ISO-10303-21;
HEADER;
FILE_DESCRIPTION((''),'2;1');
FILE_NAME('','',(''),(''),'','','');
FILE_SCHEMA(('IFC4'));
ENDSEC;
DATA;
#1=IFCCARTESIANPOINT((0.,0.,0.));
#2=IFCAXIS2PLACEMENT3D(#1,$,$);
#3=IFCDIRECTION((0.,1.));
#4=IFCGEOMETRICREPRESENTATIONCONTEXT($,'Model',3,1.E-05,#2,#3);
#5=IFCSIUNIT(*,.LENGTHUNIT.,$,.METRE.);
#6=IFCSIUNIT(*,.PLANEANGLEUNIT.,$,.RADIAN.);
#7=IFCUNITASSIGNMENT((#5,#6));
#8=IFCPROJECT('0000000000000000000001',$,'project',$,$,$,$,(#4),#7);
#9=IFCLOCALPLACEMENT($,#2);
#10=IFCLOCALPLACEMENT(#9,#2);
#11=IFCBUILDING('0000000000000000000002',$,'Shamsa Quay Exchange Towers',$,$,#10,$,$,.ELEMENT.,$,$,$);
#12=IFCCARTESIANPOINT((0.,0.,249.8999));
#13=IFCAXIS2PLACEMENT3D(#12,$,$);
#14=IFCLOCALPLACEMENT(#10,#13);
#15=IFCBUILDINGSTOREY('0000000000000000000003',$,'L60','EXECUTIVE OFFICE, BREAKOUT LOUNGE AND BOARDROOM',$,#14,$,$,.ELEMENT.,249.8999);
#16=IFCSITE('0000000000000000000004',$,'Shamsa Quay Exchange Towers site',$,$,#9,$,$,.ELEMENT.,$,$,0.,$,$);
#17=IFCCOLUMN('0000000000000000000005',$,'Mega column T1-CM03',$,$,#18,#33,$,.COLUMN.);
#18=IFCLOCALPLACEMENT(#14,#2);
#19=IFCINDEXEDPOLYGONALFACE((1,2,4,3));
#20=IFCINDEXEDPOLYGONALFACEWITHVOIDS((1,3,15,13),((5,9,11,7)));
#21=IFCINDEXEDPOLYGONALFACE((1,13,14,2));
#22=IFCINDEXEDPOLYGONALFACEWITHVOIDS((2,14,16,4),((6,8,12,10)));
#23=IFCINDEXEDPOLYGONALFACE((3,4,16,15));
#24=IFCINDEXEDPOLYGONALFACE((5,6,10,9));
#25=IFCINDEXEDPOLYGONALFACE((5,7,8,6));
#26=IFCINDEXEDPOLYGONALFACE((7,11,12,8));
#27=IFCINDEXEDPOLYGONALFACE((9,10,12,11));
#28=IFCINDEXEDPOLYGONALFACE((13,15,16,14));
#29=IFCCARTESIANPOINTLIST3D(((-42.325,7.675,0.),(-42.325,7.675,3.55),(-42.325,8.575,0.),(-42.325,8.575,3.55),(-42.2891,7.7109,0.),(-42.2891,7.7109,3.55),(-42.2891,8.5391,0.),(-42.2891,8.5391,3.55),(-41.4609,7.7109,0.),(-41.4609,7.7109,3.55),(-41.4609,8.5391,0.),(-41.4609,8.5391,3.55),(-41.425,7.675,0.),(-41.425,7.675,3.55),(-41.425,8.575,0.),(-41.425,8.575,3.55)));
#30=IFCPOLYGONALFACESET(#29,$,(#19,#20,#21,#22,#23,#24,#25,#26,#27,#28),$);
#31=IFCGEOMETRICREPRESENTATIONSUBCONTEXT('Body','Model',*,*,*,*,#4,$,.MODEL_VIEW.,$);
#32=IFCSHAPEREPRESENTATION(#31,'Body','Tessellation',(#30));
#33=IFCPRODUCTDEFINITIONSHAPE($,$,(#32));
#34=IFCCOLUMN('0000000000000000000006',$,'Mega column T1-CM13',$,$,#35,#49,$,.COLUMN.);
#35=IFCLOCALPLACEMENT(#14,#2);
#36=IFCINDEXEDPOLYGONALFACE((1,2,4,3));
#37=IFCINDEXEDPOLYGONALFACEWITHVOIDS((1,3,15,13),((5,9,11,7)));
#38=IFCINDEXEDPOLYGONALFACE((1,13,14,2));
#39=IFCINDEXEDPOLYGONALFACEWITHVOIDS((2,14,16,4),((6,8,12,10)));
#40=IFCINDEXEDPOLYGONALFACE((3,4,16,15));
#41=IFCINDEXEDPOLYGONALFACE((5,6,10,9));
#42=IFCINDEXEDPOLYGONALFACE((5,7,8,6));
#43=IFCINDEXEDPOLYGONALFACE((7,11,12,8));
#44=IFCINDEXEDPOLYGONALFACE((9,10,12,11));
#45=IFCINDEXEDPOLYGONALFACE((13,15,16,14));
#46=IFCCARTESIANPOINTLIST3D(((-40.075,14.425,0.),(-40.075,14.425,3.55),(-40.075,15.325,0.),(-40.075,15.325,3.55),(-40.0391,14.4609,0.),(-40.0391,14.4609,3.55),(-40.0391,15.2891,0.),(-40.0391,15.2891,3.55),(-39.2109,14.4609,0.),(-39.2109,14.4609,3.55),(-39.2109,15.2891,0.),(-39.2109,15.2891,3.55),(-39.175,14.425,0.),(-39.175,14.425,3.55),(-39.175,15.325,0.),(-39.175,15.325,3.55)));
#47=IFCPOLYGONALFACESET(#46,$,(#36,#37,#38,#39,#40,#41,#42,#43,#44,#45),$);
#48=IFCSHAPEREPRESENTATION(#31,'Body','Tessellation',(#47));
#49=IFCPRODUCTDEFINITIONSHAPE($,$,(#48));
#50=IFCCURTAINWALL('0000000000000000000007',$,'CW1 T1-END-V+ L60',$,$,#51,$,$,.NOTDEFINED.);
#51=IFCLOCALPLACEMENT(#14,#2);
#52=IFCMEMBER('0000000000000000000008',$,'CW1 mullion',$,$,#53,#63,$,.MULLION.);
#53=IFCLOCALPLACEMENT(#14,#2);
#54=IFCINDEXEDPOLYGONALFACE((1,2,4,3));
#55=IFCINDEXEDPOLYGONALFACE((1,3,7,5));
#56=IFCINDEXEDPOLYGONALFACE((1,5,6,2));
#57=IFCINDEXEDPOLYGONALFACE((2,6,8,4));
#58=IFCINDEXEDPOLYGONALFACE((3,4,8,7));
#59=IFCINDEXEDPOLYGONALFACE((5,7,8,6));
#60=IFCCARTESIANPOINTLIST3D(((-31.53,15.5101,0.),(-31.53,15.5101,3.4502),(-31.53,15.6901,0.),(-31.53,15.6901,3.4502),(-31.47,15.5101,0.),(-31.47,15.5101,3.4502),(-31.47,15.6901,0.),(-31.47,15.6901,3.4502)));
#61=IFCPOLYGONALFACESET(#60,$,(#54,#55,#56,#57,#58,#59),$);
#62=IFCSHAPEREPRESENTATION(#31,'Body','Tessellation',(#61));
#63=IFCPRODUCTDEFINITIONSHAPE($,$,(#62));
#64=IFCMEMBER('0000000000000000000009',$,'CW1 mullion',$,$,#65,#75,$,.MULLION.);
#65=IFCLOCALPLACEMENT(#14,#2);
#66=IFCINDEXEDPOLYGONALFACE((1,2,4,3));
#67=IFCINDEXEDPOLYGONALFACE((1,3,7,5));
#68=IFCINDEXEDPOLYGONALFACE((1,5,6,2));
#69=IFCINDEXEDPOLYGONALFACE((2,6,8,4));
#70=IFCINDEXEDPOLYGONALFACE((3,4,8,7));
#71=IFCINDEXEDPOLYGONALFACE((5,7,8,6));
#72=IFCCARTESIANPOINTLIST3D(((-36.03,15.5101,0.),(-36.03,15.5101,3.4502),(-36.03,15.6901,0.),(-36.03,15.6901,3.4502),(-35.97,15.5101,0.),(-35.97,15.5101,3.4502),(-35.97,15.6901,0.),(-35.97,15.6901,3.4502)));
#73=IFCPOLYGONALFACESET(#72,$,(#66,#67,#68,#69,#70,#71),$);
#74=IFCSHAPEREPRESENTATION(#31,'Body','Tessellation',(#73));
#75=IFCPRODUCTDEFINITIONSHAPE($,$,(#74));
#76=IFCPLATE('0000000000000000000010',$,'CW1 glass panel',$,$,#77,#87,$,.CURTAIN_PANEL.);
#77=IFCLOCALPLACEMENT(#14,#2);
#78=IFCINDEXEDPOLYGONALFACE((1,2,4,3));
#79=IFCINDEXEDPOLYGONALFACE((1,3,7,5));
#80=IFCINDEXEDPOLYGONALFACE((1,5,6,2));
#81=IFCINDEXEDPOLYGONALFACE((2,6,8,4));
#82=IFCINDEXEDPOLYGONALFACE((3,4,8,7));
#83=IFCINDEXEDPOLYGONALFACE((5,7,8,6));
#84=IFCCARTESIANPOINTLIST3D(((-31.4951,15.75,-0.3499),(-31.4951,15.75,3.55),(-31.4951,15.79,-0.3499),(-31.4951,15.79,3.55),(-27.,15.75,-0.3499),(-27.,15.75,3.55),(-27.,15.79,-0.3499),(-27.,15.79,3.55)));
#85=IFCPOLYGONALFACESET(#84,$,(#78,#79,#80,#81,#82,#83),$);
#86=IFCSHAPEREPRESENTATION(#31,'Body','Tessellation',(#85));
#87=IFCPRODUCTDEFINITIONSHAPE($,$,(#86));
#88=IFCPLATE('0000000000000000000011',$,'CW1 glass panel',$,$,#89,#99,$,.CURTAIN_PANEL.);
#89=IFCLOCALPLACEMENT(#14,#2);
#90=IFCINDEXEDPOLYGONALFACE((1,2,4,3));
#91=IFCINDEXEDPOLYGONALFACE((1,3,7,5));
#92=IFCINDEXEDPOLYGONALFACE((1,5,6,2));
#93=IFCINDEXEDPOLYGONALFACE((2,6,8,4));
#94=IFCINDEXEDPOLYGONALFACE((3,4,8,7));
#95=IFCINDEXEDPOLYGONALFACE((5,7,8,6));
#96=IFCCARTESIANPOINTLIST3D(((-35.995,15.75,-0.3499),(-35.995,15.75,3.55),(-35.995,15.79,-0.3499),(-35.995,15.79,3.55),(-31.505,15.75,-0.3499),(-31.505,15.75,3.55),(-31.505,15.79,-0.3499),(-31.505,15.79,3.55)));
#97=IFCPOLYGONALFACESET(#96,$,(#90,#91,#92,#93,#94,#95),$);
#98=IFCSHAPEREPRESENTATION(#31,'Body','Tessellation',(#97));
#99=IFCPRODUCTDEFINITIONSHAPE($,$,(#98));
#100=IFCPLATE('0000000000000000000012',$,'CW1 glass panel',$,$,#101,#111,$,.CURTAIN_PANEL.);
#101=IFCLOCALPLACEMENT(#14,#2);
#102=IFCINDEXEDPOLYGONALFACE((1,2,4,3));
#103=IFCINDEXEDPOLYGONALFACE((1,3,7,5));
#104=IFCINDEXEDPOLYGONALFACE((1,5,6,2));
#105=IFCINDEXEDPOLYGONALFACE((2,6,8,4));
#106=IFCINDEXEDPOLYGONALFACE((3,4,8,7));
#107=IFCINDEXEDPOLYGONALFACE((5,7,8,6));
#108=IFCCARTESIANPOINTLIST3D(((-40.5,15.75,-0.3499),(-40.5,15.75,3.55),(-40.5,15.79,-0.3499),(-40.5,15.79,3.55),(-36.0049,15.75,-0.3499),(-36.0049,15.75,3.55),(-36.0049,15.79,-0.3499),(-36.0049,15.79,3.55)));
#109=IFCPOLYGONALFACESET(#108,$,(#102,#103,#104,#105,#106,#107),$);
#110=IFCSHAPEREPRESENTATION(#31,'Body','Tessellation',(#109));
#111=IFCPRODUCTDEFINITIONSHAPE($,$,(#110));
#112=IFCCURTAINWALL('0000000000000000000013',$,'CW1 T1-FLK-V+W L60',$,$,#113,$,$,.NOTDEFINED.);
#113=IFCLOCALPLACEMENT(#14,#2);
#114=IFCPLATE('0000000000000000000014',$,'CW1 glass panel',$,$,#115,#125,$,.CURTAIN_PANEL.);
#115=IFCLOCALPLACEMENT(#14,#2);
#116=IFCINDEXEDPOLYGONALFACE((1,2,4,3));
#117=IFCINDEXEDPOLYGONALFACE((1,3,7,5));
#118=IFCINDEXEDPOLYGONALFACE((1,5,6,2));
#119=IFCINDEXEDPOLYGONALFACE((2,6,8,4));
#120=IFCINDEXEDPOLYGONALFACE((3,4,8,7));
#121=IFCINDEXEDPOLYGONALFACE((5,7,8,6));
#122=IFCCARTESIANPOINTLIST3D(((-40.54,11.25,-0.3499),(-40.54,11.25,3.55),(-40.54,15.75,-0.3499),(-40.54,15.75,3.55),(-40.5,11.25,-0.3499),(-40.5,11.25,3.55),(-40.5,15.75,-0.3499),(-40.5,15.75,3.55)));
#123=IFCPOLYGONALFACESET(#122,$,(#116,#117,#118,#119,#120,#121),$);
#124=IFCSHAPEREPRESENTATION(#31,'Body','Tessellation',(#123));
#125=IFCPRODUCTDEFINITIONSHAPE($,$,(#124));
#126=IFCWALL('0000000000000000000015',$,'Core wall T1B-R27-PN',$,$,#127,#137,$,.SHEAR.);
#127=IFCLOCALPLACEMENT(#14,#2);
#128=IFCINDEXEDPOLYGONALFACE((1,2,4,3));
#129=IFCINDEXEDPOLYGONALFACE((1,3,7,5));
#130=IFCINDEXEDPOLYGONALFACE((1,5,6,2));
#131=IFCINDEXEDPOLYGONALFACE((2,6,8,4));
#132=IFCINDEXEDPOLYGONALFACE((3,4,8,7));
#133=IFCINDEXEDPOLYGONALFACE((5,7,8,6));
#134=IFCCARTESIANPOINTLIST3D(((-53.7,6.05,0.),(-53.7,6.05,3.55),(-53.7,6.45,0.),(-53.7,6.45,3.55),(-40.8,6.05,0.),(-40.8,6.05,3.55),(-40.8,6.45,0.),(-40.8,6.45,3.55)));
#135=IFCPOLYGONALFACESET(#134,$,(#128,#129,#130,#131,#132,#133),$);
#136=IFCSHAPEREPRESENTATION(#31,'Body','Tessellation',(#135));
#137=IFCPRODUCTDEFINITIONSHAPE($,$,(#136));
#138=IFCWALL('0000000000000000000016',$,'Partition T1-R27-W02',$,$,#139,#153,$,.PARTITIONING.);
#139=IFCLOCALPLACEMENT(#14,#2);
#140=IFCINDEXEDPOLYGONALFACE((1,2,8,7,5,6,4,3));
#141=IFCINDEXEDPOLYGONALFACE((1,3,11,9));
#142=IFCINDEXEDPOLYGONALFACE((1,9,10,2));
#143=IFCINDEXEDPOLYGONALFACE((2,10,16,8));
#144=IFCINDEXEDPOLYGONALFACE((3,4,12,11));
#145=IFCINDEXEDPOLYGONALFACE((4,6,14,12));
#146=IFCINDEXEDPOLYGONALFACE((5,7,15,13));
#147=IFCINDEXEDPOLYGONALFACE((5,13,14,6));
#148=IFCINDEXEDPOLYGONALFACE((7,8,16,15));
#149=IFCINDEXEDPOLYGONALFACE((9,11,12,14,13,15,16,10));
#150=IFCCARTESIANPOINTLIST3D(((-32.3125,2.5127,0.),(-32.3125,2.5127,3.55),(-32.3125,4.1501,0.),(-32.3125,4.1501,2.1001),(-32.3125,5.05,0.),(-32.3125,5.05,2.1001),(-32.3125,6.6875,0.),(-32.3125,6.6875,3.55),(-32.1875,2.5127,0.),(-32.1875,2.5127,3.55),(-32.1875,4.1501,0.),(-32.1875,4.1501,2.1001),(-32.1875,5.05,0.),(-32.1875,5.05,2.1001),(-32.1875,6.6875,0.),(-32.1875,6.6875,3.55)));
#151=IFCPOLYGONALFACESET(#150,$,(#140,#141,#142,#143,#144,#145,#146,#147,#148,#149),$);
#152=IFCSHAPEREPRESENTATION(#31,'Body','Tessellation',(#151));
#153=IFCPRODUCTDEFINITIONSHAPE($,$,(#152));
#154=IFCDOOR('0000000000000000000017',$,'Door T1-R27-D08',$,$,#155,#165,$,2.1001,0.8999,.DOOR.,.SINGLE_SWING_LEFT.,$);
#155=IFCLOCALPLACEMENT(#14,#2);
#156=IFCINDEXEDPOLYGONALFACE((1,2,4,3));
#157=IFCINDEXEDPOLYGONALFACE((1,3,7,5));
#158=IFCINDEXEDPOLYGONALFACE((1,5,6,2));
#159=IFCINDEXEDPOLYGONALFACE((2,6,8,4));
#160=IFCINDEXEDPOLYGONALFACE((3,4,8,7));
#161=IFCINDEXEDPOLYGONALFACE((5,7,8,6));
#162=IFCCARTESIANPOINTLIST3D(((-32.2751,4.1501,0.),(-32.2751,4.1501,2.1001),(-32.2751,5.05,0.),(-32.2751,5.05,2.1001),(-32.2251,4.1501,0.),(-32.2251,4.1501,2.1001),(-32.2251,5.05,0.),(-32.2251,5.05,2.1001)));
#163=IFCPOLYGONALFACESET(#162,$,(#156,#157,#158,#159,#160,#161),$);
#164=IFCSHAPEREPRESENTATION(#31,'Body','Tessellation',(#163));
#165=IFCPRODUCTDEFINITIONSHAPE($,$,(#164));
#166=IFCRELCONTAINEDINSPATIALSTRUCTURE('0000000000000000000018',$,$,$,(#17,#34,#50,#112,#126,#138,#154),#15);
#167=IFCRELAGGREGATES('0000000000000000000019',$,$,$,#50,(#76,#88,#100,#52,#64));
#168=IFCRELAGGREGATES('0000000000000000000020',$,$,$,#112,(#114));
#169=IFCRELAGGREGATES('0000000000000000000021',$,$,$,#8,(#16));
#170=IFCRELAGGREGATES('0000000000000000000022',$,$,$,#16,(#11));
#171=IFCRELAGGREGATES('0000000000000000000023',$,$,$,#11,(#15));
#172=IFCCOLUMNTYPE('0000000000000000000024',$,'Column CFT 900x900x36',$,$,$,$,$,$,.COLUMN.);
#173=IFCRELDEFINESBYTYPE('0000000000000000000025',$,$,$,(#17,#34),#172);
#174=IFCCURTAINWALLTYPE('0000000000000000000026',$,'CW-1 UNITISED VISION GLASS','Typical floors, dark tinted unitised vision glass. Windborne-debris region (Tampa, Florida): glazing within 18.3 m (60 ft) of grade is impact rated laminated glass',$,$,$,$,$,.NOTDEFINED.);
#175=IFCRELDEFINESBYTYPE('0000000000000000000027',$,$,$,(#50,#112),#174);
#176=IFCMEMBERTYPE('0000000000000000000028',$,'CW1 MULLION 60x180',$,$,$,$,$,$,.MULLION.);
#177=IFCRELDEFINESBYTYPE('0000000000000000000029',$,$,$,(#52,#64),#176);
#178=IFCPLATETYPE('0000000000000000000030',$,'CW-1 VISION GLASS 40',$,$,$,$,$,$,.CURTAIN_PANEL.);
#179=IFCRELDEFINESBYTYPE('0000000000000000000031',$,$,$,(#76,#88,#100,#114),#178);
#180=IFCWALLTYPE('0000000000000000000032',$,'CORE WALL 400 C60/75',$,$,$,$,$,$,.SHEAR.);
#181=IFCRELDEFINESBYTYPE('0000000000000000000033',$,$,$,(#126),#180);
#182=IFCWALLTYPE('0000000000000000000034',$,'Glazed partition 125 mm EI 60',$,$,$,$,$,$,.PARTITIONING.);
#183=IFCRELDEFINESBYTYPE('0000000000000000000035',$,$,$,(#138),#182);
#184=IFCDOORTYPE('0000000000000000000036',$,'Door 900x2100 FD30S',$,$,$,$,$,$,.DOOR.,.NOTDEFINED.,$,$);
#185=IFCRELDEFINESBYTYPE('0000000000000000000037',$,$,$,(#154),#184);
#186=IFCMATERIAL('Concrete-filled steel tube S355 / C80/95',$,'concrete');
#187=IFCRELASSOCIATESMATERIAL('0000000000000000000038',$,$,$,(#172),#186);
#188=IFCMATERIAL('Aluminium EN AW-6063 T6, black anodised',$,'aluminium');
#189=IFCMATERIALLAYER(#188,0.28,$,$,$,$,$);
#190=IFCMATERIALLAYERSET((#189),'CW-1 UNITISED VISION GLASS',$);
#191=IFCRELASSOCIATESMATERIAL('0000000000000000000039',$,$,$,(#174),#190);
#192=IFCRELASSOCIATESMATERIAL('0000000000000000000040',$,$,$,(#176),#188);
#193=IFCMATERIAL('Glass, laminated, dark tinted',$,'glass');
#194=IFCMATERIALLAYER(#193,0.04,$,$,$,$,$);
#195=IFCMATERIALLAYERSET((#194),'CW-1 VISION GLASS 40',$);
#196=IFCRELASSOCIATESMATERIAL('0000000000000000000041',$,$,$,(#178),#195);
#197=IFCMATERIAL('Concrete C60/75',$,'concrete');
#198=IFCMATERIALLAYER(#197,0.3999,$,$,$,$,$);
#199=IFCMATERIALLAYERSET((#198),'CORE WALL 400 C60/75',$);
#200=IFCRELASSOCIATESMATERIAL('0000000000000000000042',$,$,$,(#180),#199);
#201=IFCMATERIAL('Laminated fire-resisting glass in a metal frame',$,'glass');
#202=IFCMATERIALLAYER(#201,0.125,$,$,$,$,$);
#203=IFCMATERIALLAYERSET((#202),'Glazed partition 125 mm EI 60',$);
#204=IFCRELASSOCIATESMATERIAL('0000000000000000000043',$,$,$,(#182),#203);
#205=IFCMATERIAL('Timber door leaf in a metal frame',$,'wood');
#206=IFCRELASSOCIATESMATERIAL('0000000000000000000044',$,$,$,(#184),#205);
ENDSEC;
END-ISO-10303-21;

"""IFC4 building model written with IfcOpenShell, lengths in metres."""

from ifc_helpers import new_model, si_unit, direction, frame, frame_2d, origin, origin_2d, place, context, subcontext, project, spatial, rectangle, hollow_rectangle, extrude, material, layer, layer_set, material_profile, profile_set, type_object, element, fill, aggregate, save


model = new_model("IFC4")

# Units and contexts
model_context = context("Model", 3, precision=1e-05, world=origin(), true_north=direction((0.0, 1.0)))
body_context = subcontext(model_context, "Body", "Model", "MODEL_VIEW")
ifc_project = project(units=[si_unit("LENGTHUNIT", "METRE"), si_unit("PLANEANGLEUNIT", "RADIAN")], contexts=[model_context])

# Site, building, storey
site_placement = place(None, origin())
site = spatial("IfcSite", under=ifc_project, at=site_placement, Name="Shamsa Quay Exchange Towers site", CompositionType="ELEMENT", RefElevation=0.0)
building_placement = place(site_placement, origin())
building = spatial("IfcBuilding", under=site, at=building_placement, Name="Shamsa Quay Exchange Towers", CompositionType="ELEMENT")
storey_placement = place(building_placement, frame((0.0, 0.0, 249.8999)))
storey = spatial("IfcBuildingStorey", under=building, at=storey_placement, Name="L60", Description="EXECUTIVE OFFICE, BREAKOUT LOUNGE AND BOARDROOM", CompositionType="ELEMENT", Elevation=249.8999)

# Columns
ifc_material_1 = material(Name="Concrete-filled steel tube S355 / C80/95", Category="concrete")
ifc_material_profile_1 = material_profile(ifc_material_1, hollow_rectangle(XDim=0.8999, YDim=0.8999, WallThickness=0.0359, at=origin_2d()), Name="CFT 900x900x36")
ifc_profile_set_1 = profile_set([ifc_material_profile_1], Name="Concrete-filled steel tube S355 / C80/95")
column_type = type_object("IfcColumnType", Name="Column CFT 900x900x36", PredefinedType="COLUMN", material=ifc_profile_set_1)
for number, where, name in (
    (1, (-41.875, 8.125, 0.0), "Mega column T1-CM03"),
    (2, (-39.625, 14.875, 0.0), "Mega column T1-CM13"),
):
    element("IfcColumn", number, at=place(storey_placement, frame(where)), inside=storey, type_object=column_type, Name=name, PredefinedType="COLUMN", context=body_context, shape_type="SweptSolid", body=[
        extrude(hollow_rectangle(XDim=0.8999, YDim=0.8999, WallThickness=0.0359, at=origin_2d()), origin(), (0.0, 0.0, 1.0), 3.55),
    ])

# Curtain wall, members, plates
ifc_material_2 = material(Name="Aluminium EN AW-6063 T6, black anodised", Category="aluminium")
ifc_layer_1 = layer(ifc_material_2, 0.28)
ifc_layer_set_1 = layer_set([ifc_layer_1], Name="CW-1 UNITISED VISION GLASS")
curtain_wall_type = type_object("IfcCurtainWallType", Name="CW-1 UNITISED VISION GLASS", Description="Typical floors, dark tinted unitised vision glass. Windborne-debris region (Tampa, Florida): glazing within 18.3 m (60 ft) of grade is impact rated laminated glass", PredefinedType="NOTDEFINED", material=ifc_layer_set_1)
curtain_wall_1_placement = place(storey_placement, origin())
curtain_wall_1 = element("IfcCurtainWall", 3, at=curtain_wall_1_placement, inside=storey, type_object=curtain_wall_type, Name="CW1 T1-END-V+ L60", PredefinedType="NOTDEFINED")
ifc_material_profile_2 = material_profile(ifc_material_2, rectangle(XDim=0.1799, YDim=0.0601, at=origin_2d()), Name="MU60x180")
ifc_profile_set_2 = profile_set([ifc_material_profile_2], Name="Aluminium EN AW-6063 T6, black anodised")
member_type = type_object("IfcMemberType", Name="CW1 MULLION 60x180", PredefinedType="MULLION", material=ifc_profile_set_2)
member_1_placement = place(storey_placement, frame((-31.5, 15.6001, 0.0), z_axis=(0.0, 0.0, 1.0), x_axis=(0.0, -1.0, 0.0)))
member_1 = element("IfcMember", 4, at=member_1_placement, type_object=member_type, Name="CW1 mullion", PredefinedType="MULLION", context=body_context, shape_type="SweptSolid", body=[
    extrude(rectangle(XDim=0.1799, YDim=0.0601, at=origin_2d()), origin(), (0.0, 0.0, 1.0), 3.4502),
])
member_2_placement = place(storey_placement, frame((-36.0, 15.6001, 0.0), z_axis=(0.0, 0.0, 1.0), x_axis=(0.0, -1.0, 0.0)))
member_2 = element("IfcMember", 5, at=member_2_placement, type_object=member_type, Name="CW1 mullion", PredefinedType="MULLION", context=body_context, shape_type="SweptSolid", body=[
    extrude(rectangle(XDim=0.1799, YDim=0.0601, at=origin_2d()), origin(), (0.0, 0.0, 1.0), 3.4502),
])
ifc_material_3 = material(Name="Glass, laminated, dark tinted", Category="glass")
ifc_layer_2 = layer(ifc_material_3, 0.04)
ifc_layer_set_2 = layer_set([ifc_layer_2], Name="CW-1 VISION GLASS 40")
plate_type = type_object("IfcPlateType", Name="CW-1 VISION GLASS 40", PredefinedType="CURTAIN_PANEL", material=ifc_layer_set_2)
plate_1_placement = place(storey_placement, frame((-29.2476, 15.77, -0.3499), z_axis=(0.0, 0.0, 1.0), x_axis=(-1.0, 0.0, 0.0)))
plate_1 = element("IfcPlate", 6, at=plate_1_placement, type_object=plate_type, Name="CW1 glass panel", PredefinedType="CURTAIN_PANEL", context=body_context, shape_type="SweptSolid", body=[
    extrude(rectangle(XDim=4.4951, YDim=0.04, at=origin_2d()), origin(), (0.0, 0.0, 1.0), 3.8999),
])
plate_2_placement = place(storey_placement, frame((-33.75, 15.77, -0.3499), z_axis=(0.0, 0.0, 1.0), x_axis=(-1.0, 0.0, 0.0)))
plate_2 = element("IfcPlate", 7, at=plate_2_placement, type_object=plate_type, Name="CW1 glass panel", PredefinedType="CURTAIN_PANEL", context=body_context, shape_type="SweptSolid", body=[
    extrude(rectangle(XDim=4.49, YDim=0.04, at=origin_2d()), origin(), (0.0, 0.0, 1.0), 3.8999),
])
plate_3_placement = place(storey_placement, frame((-38.2524, 15.77, -0.3499), z_axis=(0.0, 0.0, 1.0), x_axis=(-1.0, 0.0, 0.0)))
plate_3 = element("IfcPlate", 8, at=plate_3_placement, type_object=plate_type, Name="CW1 glass panel", PredefinedType="CURTAIN_PANEL", context=body_context, shape_type="SweptSolid", body=[
    extrude(rectangle(XDim=4.4951, YDim=0.04, at=origin_2d()), origin(), (0.0, 0.0, 1.0), 3.8999),
])
aggregate(curtain_wall_1, [plate_1, plate_2, plate_3, member_1, member_2])

# Curtain wall, plate
curtain_wall_2_placement = place(storey_placement, origin())
curtain_wall_2 = element("IfcCurtainWall", 9, at=curtain_wall_2_placement, inside=storey, type_object=curtain_wall_type, Name="CW1 T1-FLK-V+W L60", PredefinedType="NOTDEFINED")
plate_4_placement = place(storey_placement, frame((-40.52, 13.5, -0.3499), z_axis=(0.0, 0.0, 1.0), x_axis=(0.0, -1.0, 0.0)))
plate_4 = element("IfcPlate", 10, at=plate_4_placement, type_object=plate_type, Name="CW1 glass panel", PredefinedType="CURTAIN_PANEL", context=body_context, shape_type="SweptSolid", body=[
    extrude(rectangle(XDim=4.5, YDim=0.04, at=origin_2d()), origin(), (0.0, 0.0, 1.0), 3.8999),
])
aggregate(curtain_wall_2, [plate_4])

# Wall
ifc_material_4 = material(Name="Concrete C60/75", Category="concrete")
ifc_layer_3 = layer(ifc_material_4, 0.3999)
ifc_layer_set_3 = layer_set([ifc_layer_3], Name="CORE WALL 400 C60/75")
wall_type_1 = type_object("IfcWallType", Name="CORE WALL 400 C60/75", PredefinedType="SHEAR", material=ifc_layer_set_3)
wall_1_placement = place(storey_placement, frame((-40.8, 6.25, 0.0), z_axis=(0.0, 0.0, 1.0), x_axis=(-1.0, 0.0, 0.0)))
element("IfcWall", 11, at=wall_1_placement, inside=storey, type_object=wall_type_1, Name="Core wall T1B-R27-PN", PredefinedType="SHEAR", context=body_context, shape_type="SweptSolid", body=[
    extrude(rectangle(XDim=12.8999, YDim=0.3999, at=frame_2d((6.45, 0.0))), origin(), (0.0, 0.0, 1.0), 3.55),
])

# Wall, opening, door
ifc_material_5 = material(Name="Laminated fire-resisting glass in a metal frame", Category="glass")
ifc_layer_4 = layer(ifc_material_5, 0.125)
ifc_layer_set_4 = layer_set([ifc_layer_4], Name="Glazed partition 125 mm EI 60")
wall_type_2 = type_object("IfcWallType", Name="Glazed partition 125 mm EI 60", PredefinedType="PARTITIONING", material=ifc_layer_set_4)
wall_2_placement = place(storey_placement, frame((-32.25, 6.6875, 0.0), z_axis=(0.0, 0.0, 1.0), x_axis=(0.0, -1.0, 0.0)))
wall_2 = element("IfcWall", 12, at=wall_2_placement, inside=storey, type_object=wall_type_2, Name="Partition T1-R27-W02", PredefinedType="PARTITIONING", context=body_context, shape_type="SweptSolid", body=[
    extrude(rectangle(XDim=4.1748, YDim=0.125, at=frame_2d((2.0874, 0.0))), origin(), (0.0, 0.0, 1.0), 3.55),
])
opening_1_placement = place(wall_2_placement, frame((1.6375, 0.0, 0.0)))
opening_1 = element("IfcOpeningElement", 13, at=opening_1_placement, cuts=wall_2, PredefinedType="OPENING", context=body_context, shape_type="SweptSolid", body=[
    extrude(rectangle(XDim=0.8999, YDim=2.1001, at=frame_2d((0.45, 1.05))), frame((0.0, 0.0725, 0.0), z_axis=(0.0, -1.0, 0.0), x_axis=(1.0, 0.0, 0.0)), (0.0, 0.0, 1.0), 0.145),
])
ifc_material_6 = material(Name="Timber door leaf in a metal frame", Category="wood")
door_type_1 = type_object("IfcDoorType", Name="Door 900x2100 FD30S", OperationType="NOTDEFINED", PredefinedType="DOOR", material=ifc_material_6)
door_1_placement = place(opening_1_placement, origin())
door_1 = element("IfcDoor", 14, at=door_1_placement, inside=storey, type_object=door_type_1, Name="Door T1-R27-D08", OperationType="SINGLE_SWING_LEFT", OverallHeight=2.1001, OverallWidth=0.8999, PredefinedType="DOOR", context=body_context, shape_type="SweptSolid", body=[
    extrude(rectangle(XDim=0.8999, YDim=2.1001, at=frame_2d((0.45, 1.05))), frame((0.0, 0.0249, 0.0), z_axis=(0.0, -1.0, 0.0), x_axis=(1.0, 0.0, 0.0)), (0.0, 0.0, 1.0), 0.05),
])
fill(opening_1, door_1)

save(model, "model.ifc")
